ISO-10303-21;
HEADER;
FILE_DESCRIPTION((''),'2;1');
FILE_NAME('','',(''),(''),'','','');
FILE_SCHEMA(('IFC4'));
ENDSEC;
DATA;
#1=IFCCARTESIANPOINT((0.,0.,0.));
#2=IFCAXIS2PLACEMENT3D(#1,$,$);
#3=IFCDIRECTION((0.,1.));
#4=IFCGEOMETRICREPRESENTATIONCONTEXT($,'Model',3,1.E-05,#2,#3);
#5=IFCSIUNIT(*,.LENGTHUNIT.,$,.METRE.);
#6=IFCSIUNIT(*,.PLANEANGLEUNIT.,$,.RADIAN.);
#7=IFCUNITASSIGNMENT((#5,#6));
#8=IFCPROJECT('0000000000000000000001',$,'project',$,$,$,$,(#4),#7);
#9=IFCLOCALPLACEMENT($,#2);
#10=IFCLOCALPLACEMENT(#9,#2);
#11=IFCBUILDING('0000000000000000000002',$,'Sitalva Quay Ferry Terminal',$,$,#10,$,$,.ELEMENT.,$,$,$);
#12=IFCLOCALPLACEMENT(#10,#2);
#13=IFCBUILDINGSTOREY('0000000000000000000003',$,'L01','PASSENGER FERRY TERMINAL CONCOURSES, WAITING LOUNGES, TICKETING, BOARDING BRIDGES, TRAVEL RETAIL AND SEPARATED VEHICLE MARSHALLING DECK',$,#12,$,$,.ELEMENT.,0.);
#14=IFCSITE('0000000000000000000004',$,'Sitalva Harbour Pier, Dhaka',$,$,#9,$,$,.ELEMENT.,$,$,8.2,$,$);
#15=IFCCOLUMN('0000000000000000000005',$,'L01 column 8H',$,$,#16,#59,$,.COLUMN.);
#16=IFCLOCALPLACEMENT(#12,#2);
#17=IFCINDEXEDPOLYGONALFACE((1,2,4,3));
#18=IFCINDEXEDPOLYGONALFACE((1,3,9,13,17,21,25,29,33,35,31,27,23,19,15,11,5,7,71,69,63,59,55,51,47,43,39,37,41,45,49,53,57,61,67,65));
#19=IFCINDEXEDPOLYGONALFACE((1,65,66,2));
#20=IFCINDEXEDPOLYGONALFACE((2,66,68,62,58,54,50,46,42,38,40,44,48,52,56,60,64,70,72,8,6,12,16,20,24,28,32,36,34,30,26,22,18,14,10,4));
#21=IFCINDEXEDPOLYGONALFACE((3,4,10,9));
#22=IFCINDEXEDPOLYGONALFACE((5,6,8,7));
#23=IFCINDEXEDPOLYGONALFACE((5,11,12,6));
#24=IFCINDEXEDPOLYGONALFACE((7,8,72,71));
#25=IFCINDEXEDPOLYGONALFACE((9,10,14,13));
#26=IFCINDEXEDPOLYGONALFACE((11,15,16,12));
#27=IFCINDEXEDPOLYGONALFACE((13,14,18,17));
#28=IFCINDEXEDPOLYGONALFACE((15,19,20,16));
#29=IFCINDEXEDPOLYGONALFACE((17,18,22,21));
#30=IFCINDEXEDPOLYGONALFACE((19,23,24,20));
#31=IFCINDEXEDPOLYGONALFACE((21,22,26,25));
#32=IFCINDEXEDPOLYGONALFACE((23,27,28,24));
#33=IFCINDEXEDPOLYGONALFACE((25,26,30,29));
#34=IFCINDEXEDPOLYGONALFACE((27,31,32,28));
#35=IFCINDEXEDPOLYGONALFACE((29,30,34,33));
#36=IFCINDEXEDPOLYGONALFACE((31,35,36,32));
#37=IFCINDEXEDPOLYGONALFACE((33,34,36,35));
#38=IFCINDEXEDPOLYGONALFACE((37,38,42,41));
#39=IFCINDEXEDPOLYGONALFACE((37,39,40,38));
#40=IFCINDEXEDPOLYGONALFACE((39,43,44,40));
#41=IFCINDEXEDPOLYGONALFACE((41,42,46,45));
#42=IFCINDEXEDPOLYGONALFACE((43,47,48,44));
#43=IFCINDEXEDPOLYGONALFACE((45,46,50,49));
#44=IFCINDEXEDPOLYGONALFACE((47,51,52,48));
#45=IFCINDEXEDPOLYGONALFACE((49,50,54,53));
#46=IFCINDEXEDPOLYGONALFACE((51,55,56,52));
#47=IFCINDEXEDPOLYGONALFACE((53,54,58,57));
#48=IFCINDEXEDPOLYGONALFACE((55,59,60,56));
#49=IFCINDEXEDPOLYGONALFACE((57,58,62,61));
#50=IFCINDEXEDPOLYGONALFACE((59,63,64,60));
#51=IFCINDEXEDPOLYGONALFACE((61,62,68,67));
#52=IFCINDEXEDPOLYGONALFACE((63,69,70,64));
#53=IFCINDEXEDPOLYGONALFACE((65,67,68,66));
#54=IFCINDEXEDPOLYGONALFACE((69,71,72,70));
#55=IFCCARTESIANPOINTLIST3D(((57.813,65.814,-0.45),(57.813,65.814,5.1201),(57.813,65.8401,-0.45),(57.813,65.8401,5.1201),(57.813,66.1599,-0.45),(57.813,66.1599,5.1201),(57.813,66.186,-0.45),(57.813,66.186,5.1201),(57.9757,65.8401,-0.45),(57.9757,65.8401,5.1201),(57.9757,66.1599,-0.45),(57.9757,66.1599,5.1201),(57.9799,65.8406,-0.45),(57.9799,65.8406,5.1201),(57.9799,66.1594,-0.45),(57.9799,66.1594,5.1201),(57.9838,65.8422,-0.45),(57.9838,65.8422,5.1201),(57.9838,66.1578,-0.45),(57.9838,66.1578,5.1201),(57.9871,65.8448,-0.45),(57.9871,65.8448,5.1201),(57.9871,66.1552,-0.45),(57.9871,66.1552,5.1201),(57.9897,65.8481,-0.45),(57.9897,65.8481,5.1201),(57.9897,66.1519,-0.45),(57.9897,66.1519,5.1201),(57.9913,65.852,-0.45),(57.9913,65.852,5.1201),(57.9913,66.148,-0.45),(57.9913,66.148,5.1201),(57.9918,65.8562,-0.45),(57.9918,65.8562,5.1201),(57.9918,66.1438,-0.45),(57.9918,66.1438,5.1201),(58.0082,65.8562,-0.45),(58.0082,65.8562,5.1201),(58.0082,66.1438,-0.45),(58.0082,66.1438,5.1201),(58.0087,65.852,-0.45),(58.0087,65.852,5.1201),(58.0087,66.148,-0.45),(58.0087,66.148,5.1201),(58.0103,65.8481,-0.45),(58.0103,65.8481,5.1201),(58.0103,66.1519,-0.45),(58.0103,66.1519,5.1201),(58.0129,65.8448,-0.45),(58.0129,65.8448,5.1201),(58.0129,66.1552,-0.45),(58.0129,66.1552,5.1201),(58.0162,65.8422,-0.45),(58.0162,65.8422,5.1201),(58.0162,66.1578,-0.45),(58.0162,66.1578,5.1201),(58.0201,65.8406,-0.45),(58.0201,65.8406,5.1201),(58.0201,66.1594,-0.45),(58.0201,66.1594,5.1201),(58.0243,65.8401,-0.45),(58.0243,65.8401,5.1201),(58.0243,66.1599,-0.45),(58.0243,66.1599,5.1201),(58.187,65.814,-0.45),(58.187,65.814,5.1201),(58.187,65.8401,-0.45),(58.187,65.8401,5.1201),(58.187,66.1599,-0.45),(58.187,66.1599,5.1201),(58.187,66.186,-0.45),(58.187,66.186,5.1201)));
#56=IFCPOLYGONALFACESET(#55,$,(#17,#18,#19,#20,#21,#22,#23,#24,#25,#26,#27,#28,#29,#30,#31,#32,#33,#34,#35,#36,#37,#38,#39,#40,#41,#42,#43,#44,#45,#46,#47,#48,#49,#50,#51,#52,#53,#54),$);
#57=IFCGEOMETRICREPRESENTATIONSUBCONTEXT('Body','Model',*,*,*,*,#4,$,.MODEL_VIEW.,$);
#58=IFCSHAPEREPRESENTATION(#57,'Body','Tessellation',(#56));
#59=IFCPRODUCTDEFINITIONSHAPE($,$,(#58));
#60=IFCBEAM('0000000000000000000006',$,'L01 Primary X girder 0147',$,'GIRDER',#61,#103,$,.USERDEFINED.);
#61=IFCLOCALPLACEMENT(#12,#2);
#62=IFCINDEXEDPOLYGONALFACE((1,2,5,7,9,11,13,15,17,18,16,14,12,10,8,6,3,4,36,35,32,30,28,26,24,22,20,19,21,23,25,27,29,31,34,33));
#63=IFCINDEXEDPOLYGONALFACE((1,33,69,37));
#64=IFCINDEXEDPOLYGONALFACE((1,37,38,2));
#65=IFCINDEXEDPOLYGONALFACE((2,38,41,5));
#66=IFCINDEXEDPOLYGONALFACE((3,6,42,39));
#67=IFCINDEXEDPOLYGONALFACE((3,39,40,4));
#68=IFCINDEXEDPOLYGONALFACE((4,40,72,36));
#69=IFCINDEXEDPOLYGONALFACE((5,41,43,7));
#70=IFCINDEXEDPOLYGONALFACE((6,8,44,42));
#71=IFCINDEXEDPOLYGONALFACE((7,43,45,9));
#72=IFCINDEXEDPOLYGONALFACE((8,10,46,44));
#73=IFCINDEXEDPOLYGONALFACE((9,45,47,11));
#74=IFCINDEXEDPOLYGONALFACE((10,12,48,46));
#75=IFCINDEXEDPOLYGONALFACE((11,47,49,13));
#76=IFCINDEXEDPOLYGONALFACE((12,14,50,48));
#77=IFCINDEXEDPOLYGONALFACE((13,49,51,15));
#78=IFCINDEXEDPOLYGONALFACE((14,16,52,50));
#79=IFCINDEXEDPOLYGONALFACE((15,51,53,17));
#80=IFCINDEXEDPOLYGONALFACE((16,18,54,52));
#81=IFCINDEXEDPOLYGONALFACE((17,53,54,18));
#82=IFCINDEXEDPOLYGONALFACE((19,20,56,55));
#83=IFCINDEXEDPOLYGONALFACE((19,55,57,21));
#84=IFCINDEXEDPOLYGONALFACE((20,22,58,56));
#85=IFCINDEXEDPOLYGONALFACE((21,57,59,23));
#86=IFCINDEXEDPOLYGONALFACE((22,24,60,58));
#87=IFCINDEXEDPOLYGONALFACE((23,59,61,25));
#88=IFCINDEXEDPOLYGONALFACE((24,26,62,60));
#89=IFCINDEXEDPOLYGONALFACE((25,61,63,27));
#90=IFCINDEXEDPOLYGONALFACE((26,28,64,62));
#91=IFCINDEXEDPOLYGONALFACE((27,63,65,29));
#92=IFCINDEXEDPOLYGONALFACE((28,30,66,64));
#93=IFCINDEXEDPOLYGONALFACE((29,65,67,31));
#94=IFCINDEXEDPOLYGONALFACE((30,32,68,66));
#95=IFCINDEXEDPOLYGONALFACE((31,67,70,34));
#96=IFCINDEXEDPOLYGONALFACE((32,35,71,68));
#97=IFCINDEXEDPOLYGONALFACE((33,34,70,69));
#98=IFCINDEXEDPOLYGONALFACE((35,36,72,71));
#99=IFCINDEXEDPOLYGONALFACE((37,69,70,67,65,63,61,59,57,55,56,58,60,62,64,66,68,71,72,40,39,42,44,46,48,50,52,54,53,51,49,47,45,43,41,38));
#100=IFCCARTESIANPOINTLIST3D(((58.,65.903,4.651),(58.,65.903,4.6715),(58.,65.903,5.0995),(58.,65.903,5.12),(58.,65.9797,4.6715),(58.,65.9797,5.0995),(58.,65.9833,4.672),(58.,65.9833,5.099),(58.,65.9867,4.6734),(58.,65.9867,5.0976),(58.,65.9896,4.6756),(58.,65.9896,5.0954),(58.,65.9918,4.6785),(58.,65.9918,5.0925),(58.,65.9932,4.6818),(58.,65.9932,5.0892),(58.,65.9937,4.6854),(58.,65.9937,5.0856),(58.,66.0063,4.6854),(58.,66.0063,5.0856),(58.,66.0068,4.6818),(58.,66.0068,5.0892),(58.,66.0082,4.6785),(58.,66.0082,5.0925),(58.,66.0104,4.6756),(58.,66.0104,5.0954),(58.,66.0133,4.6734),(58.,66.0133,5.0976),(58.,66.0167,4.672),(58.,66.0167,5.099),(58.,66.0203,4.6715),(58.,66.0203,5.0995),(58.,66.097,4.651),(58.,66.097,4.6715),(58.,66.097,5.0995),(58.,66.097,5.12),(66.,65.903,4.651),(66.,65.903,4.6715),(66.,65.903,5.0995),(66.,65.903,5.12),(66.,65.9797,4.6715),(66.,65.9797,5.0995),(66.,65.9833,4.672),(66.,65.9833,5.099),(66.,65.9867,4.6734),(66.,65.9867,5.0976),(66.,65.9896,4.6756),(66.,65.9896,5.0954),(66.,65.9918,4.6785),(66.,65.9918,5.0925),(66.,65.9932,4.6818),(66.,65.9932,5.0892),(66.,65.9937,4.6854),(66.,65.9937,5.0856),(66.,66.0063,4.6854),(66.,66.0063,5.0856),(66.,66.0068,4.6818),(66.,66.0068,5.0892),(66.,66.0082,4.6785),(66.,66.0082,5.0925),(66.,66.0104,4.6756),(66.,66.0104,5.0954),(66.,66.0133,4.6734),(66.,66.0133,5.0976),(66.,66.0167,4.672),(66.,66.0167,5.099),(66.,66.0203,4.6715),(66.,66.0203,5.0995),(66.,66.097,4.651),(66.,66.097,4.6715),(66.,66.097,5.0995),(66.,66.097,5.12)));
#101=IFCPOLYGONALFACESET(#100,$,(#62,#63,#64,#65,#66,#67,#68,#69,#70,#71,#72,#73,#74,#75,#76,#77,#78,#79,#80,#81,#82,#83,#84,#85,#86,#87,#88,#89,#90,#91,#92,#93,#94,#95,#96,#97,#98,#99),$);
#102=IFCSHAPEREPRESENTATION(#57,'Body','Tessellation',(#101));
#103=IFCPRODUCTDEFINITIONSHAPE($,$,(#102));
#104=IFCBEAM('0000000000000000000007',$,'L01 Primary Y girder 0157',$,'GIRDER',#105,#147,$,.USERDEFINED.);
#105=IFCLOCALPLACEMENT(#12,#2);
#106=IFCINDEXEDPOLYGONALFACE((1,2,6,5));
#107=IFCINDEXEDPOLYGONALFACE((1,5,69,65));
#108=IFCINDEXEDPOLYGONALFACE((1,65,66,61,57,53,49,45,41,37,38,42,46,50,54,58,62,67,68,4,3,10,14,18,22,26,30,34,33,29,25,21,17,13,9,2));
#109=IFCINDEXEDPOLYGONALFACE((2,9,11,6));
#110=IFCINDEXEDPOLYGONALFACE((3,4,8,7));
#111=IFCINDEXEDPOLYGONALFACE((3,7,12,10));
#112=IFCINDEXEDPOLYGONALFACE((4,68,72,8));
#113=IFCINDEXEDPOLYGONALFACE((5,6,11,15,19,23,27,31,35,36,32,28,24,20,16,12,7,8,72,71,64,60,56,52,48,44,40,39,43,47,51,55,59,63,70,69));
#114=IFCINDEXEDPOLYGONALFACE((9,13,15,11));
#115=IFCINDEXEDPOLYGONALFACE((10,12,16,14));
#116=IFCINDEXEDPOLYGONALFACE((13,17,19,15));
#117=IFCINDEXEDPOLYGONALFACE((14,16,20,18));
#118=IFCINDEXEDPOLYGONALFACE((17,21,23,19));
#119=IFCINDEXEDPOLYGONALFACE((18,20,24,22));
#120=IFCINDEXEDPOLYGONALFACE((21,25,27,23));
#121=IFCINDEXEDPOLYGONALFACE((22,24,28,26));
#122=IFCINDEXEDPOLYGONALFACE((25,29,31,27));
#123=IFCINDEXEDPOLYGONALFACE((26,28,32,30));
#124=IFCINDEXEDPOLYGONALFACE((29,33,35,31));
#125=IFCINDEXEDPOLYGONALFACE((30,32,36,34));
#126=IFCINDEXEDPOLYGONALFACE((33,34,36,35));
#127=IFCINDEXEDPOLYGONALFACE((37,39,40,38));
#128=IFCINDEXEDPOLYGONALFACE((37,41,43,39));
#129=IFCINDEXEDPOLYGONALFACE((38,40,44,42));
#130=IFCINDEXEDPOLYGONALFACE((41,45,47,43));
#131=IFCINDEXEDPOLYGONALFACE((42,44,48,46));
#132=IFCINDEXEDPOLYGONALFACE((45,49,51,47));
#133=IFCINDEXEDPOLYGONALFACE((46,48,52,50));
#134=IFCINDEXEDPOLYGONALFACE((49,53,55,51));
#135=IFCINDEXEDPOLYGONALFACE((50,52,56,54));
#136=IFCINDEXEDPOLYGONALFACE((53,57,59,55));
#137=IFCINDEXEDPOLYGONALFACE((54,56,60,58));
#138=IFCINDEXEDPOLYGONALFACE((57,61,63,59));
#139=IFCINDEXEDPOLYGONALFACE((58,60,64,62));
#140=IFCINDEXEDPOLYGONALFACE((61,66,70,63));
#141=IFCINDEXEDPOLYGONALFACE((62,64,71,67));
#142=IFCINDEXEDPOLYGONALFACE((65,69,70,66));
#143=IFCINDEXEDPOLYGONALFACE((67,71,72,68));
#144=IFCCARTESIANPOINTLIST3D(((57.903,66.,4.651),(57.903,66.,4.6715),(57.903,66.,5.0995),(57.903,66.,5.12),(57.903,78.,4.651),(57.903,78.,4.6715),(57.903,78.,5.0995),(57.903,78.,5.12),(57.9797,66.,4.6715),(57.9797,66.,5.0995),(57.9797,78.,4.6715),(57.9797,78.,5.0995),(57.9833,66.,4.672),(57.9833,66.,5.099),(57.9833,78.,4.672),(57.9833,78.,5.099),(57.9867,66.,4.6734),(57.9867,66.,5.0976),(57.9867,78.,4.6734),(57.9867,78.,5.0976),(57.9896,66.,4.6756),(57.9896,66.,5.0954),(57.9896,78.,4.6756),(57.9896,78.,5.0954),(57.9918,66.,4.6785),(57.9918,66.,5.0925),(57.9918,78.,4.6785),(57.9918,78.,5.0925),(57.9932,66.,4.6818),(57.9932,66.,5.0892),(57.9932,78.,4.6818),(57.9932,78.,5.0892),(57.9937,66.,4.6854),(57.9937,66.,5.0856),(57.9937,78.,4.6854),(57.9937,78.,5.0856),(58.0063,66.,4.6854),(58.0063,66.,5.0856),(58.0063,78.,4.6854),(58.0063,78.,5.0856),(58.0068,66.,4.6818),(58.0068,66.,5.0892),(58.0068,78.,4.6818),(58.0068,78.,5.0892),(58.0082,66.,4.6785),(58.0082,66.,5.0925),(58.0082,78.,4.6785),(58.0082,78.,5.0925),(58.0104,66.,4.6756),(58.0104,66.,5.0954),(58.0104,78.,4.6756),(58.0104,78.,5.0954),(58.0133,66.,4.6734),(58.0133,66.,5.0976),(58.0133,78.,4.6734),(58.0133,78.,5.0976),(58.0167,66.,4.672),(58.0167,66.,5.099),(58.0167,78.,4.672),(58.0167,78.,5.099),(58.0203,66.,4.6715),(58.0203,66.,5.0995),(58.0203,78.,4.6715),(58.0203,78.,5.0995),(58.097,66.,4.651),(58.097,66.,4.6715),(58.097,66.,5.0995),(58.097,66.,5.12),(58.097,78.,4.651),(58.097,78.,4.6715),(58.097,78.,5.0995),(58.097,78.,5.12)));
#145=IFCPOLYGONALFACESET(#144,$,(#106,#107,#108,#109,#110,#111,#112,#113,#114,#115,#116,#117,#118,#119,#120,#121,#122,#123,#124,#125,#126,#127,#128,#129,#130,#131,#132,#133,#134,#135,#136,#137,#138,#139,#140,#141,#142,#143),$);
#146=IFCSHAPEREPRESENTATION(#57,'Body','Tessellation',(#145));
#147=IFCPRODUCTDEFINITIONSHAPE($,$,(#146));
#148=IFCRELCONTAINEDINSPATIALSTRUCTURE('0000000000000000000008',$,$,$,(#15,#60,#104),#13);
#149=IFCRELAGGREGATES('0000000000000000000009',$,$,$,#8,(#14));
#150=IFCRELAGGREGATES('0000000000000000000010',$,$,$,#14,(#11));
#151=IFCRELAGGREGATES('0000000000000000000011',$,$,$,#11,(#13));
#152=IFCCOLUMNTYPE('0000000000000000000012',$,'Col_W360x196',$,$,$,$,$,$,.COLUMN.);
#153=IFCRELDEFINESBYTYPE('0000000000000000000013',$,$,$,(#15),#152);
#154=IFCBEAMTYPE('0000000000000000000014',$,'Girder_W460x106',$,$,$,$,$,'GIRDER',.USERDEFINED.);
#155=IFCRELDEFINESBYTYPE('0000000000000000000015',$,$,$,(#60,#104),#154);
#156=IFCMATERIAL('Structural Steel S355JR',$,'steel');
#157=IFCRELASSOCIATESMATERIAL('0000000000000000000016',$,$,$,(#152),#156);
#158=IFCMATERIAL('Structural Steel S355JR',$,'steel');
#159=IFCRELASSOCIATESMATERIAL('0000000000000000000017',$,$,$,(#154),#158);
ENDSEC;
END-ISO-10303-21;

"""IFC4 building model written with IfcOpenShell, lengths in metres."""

from ifc_helpers import new_model, si_unit, direction, frame, origin, origin_2d, place, context, subcontext, project, spatial, i_section, extrude, material, material_profile, profile_set, type_object, element, save


model = new_model("IFC4")

# Units and contexts
model_context = context("Model", 3, precision=1e-05, world=origin(), true_north=direction((0.0, 1.0)))
body_context = subcontext(model_context, "Body", "Model", "MODEL_VIEW")
ifc_project = project(units=[si_unit("LENGTHUNIT", "METRE"), si_unit("PLANEANGLEUNIT", "RADIAN")], contexts=[model_context])

# Site, building, storey
site_placement = place(None, origin())
site = spatial("IfcSite", under=ifc_project, at=site_placement, Name="Sitalva Harbour Pier, Dhaka", CompositionType="ELEMENT", RefElevation=8.2)
building_placement = place(site_placement, origin())
building = spatial("IfcBuilding", under=site, at=building_placement, Name="Sitalva Quay Ferry Terminal", CompositionType="ELEMENT")
storey_placement = place(building_placement, origin())
storey = spatial("IfcBuildingStorey", under=building, at=storey_placement, Name="L01", Description="PASSENGER FERRY TERMINAL CONCOURSES, WAITING LOUNGES, TICKETING, BOARDING BRIDGES, TRAVEL RETAIL AND SEPARATED VEHICLE MARSHALLING DECK", CompositionType="ELEMENT", Elevation=0.0)

# Column
ifc_material_1 = material(Name="Structural Steel S355JR", Category="steel")
ifc_material_profile_1 = material_profile(ifc_material_1, i_section(OverallWidth=0.374, OverallDepth=0.3721, WebThickness=0.0164, FlangeThickness=0.0261, FilletRadius=0.0161, at=origin_2d()), Name="W360x196")
ifc_profile_set_1 = profile_set([ifc_material_profile_1], Name="Structural Steel S355JR")
column_type_1 = type_object("IfcColumnType", Name="Col_W360x196", PredefinedType="COLUMN", material=ifc_profile_set_1)
column_placement = place(storey_placement, frame((58.0, 66.0, -0.45), z_axis=(0.0, 0.0, 1.0), x_axis=(1.0, 0.0, 0.0)))
element("IfcColumn", 1, at=column_placement, inside=storey, type_object=column_type_1, Name="L01 column 8H", PredefinedType="COLUMN", context=body_context, shape_type="SweptSolid", body=[
    extrude(i_section(OverallWidth=0.374, OverallDepth=0.3721, WebThickness=0.0164, FlangeThickness=0.0261, FilletRadius=0.0161, at=origin_2d()), origin(), (0.0, 0.0, 1.0), 5.5701),
])

# Beams
ifc_material_2 = material(Name="Structural Steel S355JR", Category="steel")
ifc_material_profile_2 = material_profile(ifc_material_2, i_section(OverallWidth=0.1941, OverallDepth=0.469, WebThickness=0.0127, FlangeThickness=0.0205, FilletRadius=0.0139, at=origin_2d()), Name="W460x106")
ifc_profile_set_2 = profile_set([ifc_material_profile_2], Name="Structural Steel S355JR")
beam_type = type_object("IfcBeamType", Name="Girder_W460x106", ElementType="GIRDER", PredefinedType="USERDEFINED", material=ifc_profile_set_2)
beam_1_placement = place(storey_placement, frame((58.0, 66.0, 4.8855), z_axis=(1.0, 0.0, 0.0), x_axis=(0.0, 1.0, 0.0)))
element("IfcBeam", 2, at=beam_1_placement, inside=storey, type_object=beam_type, Name="L01 Primary X girder 0147", ObjectType="GIRDER", PredefinedType="USERDEFINED", context=body_context, shape_type="SweptSolid", body=[
    extrude(i_section(OverallWidth=0.1941, OverallDepth=0.469, WebThickness=0.0127, FlangeThickness=0.0205, FilletRadius=0.0139, at=origin_2d()), origin(), (0.0, 0.0, 1.0), 8.0),
])
beam_2_placement = place(storey_placement, frame((58.0, 66.0, 4.8855), z_axis=(0.0, 1.0, 0.0), x_axis=(-1.0, 0.0, 0.0)))
element("IfcBeam", 3, at=beam_2_placement, inside=storey, type_object=beam_type, Name="L01 Primary Y girder 0157", ObjectType="GIRDER", PredefinedType="USERDEFINED", context=body_context, shape_type="SweptSolid", body=[
    extrude(i_section(OverallWidth=0.1941, OverallDepth=0.469, WebThickness=0.0127, FlangeThickness=0.0205, FilletRadius=0.0139, at=origin_2d()), origin(), (0.0, 0.0, 1.0), 12.0),
])

save(model, "model.ifc")
